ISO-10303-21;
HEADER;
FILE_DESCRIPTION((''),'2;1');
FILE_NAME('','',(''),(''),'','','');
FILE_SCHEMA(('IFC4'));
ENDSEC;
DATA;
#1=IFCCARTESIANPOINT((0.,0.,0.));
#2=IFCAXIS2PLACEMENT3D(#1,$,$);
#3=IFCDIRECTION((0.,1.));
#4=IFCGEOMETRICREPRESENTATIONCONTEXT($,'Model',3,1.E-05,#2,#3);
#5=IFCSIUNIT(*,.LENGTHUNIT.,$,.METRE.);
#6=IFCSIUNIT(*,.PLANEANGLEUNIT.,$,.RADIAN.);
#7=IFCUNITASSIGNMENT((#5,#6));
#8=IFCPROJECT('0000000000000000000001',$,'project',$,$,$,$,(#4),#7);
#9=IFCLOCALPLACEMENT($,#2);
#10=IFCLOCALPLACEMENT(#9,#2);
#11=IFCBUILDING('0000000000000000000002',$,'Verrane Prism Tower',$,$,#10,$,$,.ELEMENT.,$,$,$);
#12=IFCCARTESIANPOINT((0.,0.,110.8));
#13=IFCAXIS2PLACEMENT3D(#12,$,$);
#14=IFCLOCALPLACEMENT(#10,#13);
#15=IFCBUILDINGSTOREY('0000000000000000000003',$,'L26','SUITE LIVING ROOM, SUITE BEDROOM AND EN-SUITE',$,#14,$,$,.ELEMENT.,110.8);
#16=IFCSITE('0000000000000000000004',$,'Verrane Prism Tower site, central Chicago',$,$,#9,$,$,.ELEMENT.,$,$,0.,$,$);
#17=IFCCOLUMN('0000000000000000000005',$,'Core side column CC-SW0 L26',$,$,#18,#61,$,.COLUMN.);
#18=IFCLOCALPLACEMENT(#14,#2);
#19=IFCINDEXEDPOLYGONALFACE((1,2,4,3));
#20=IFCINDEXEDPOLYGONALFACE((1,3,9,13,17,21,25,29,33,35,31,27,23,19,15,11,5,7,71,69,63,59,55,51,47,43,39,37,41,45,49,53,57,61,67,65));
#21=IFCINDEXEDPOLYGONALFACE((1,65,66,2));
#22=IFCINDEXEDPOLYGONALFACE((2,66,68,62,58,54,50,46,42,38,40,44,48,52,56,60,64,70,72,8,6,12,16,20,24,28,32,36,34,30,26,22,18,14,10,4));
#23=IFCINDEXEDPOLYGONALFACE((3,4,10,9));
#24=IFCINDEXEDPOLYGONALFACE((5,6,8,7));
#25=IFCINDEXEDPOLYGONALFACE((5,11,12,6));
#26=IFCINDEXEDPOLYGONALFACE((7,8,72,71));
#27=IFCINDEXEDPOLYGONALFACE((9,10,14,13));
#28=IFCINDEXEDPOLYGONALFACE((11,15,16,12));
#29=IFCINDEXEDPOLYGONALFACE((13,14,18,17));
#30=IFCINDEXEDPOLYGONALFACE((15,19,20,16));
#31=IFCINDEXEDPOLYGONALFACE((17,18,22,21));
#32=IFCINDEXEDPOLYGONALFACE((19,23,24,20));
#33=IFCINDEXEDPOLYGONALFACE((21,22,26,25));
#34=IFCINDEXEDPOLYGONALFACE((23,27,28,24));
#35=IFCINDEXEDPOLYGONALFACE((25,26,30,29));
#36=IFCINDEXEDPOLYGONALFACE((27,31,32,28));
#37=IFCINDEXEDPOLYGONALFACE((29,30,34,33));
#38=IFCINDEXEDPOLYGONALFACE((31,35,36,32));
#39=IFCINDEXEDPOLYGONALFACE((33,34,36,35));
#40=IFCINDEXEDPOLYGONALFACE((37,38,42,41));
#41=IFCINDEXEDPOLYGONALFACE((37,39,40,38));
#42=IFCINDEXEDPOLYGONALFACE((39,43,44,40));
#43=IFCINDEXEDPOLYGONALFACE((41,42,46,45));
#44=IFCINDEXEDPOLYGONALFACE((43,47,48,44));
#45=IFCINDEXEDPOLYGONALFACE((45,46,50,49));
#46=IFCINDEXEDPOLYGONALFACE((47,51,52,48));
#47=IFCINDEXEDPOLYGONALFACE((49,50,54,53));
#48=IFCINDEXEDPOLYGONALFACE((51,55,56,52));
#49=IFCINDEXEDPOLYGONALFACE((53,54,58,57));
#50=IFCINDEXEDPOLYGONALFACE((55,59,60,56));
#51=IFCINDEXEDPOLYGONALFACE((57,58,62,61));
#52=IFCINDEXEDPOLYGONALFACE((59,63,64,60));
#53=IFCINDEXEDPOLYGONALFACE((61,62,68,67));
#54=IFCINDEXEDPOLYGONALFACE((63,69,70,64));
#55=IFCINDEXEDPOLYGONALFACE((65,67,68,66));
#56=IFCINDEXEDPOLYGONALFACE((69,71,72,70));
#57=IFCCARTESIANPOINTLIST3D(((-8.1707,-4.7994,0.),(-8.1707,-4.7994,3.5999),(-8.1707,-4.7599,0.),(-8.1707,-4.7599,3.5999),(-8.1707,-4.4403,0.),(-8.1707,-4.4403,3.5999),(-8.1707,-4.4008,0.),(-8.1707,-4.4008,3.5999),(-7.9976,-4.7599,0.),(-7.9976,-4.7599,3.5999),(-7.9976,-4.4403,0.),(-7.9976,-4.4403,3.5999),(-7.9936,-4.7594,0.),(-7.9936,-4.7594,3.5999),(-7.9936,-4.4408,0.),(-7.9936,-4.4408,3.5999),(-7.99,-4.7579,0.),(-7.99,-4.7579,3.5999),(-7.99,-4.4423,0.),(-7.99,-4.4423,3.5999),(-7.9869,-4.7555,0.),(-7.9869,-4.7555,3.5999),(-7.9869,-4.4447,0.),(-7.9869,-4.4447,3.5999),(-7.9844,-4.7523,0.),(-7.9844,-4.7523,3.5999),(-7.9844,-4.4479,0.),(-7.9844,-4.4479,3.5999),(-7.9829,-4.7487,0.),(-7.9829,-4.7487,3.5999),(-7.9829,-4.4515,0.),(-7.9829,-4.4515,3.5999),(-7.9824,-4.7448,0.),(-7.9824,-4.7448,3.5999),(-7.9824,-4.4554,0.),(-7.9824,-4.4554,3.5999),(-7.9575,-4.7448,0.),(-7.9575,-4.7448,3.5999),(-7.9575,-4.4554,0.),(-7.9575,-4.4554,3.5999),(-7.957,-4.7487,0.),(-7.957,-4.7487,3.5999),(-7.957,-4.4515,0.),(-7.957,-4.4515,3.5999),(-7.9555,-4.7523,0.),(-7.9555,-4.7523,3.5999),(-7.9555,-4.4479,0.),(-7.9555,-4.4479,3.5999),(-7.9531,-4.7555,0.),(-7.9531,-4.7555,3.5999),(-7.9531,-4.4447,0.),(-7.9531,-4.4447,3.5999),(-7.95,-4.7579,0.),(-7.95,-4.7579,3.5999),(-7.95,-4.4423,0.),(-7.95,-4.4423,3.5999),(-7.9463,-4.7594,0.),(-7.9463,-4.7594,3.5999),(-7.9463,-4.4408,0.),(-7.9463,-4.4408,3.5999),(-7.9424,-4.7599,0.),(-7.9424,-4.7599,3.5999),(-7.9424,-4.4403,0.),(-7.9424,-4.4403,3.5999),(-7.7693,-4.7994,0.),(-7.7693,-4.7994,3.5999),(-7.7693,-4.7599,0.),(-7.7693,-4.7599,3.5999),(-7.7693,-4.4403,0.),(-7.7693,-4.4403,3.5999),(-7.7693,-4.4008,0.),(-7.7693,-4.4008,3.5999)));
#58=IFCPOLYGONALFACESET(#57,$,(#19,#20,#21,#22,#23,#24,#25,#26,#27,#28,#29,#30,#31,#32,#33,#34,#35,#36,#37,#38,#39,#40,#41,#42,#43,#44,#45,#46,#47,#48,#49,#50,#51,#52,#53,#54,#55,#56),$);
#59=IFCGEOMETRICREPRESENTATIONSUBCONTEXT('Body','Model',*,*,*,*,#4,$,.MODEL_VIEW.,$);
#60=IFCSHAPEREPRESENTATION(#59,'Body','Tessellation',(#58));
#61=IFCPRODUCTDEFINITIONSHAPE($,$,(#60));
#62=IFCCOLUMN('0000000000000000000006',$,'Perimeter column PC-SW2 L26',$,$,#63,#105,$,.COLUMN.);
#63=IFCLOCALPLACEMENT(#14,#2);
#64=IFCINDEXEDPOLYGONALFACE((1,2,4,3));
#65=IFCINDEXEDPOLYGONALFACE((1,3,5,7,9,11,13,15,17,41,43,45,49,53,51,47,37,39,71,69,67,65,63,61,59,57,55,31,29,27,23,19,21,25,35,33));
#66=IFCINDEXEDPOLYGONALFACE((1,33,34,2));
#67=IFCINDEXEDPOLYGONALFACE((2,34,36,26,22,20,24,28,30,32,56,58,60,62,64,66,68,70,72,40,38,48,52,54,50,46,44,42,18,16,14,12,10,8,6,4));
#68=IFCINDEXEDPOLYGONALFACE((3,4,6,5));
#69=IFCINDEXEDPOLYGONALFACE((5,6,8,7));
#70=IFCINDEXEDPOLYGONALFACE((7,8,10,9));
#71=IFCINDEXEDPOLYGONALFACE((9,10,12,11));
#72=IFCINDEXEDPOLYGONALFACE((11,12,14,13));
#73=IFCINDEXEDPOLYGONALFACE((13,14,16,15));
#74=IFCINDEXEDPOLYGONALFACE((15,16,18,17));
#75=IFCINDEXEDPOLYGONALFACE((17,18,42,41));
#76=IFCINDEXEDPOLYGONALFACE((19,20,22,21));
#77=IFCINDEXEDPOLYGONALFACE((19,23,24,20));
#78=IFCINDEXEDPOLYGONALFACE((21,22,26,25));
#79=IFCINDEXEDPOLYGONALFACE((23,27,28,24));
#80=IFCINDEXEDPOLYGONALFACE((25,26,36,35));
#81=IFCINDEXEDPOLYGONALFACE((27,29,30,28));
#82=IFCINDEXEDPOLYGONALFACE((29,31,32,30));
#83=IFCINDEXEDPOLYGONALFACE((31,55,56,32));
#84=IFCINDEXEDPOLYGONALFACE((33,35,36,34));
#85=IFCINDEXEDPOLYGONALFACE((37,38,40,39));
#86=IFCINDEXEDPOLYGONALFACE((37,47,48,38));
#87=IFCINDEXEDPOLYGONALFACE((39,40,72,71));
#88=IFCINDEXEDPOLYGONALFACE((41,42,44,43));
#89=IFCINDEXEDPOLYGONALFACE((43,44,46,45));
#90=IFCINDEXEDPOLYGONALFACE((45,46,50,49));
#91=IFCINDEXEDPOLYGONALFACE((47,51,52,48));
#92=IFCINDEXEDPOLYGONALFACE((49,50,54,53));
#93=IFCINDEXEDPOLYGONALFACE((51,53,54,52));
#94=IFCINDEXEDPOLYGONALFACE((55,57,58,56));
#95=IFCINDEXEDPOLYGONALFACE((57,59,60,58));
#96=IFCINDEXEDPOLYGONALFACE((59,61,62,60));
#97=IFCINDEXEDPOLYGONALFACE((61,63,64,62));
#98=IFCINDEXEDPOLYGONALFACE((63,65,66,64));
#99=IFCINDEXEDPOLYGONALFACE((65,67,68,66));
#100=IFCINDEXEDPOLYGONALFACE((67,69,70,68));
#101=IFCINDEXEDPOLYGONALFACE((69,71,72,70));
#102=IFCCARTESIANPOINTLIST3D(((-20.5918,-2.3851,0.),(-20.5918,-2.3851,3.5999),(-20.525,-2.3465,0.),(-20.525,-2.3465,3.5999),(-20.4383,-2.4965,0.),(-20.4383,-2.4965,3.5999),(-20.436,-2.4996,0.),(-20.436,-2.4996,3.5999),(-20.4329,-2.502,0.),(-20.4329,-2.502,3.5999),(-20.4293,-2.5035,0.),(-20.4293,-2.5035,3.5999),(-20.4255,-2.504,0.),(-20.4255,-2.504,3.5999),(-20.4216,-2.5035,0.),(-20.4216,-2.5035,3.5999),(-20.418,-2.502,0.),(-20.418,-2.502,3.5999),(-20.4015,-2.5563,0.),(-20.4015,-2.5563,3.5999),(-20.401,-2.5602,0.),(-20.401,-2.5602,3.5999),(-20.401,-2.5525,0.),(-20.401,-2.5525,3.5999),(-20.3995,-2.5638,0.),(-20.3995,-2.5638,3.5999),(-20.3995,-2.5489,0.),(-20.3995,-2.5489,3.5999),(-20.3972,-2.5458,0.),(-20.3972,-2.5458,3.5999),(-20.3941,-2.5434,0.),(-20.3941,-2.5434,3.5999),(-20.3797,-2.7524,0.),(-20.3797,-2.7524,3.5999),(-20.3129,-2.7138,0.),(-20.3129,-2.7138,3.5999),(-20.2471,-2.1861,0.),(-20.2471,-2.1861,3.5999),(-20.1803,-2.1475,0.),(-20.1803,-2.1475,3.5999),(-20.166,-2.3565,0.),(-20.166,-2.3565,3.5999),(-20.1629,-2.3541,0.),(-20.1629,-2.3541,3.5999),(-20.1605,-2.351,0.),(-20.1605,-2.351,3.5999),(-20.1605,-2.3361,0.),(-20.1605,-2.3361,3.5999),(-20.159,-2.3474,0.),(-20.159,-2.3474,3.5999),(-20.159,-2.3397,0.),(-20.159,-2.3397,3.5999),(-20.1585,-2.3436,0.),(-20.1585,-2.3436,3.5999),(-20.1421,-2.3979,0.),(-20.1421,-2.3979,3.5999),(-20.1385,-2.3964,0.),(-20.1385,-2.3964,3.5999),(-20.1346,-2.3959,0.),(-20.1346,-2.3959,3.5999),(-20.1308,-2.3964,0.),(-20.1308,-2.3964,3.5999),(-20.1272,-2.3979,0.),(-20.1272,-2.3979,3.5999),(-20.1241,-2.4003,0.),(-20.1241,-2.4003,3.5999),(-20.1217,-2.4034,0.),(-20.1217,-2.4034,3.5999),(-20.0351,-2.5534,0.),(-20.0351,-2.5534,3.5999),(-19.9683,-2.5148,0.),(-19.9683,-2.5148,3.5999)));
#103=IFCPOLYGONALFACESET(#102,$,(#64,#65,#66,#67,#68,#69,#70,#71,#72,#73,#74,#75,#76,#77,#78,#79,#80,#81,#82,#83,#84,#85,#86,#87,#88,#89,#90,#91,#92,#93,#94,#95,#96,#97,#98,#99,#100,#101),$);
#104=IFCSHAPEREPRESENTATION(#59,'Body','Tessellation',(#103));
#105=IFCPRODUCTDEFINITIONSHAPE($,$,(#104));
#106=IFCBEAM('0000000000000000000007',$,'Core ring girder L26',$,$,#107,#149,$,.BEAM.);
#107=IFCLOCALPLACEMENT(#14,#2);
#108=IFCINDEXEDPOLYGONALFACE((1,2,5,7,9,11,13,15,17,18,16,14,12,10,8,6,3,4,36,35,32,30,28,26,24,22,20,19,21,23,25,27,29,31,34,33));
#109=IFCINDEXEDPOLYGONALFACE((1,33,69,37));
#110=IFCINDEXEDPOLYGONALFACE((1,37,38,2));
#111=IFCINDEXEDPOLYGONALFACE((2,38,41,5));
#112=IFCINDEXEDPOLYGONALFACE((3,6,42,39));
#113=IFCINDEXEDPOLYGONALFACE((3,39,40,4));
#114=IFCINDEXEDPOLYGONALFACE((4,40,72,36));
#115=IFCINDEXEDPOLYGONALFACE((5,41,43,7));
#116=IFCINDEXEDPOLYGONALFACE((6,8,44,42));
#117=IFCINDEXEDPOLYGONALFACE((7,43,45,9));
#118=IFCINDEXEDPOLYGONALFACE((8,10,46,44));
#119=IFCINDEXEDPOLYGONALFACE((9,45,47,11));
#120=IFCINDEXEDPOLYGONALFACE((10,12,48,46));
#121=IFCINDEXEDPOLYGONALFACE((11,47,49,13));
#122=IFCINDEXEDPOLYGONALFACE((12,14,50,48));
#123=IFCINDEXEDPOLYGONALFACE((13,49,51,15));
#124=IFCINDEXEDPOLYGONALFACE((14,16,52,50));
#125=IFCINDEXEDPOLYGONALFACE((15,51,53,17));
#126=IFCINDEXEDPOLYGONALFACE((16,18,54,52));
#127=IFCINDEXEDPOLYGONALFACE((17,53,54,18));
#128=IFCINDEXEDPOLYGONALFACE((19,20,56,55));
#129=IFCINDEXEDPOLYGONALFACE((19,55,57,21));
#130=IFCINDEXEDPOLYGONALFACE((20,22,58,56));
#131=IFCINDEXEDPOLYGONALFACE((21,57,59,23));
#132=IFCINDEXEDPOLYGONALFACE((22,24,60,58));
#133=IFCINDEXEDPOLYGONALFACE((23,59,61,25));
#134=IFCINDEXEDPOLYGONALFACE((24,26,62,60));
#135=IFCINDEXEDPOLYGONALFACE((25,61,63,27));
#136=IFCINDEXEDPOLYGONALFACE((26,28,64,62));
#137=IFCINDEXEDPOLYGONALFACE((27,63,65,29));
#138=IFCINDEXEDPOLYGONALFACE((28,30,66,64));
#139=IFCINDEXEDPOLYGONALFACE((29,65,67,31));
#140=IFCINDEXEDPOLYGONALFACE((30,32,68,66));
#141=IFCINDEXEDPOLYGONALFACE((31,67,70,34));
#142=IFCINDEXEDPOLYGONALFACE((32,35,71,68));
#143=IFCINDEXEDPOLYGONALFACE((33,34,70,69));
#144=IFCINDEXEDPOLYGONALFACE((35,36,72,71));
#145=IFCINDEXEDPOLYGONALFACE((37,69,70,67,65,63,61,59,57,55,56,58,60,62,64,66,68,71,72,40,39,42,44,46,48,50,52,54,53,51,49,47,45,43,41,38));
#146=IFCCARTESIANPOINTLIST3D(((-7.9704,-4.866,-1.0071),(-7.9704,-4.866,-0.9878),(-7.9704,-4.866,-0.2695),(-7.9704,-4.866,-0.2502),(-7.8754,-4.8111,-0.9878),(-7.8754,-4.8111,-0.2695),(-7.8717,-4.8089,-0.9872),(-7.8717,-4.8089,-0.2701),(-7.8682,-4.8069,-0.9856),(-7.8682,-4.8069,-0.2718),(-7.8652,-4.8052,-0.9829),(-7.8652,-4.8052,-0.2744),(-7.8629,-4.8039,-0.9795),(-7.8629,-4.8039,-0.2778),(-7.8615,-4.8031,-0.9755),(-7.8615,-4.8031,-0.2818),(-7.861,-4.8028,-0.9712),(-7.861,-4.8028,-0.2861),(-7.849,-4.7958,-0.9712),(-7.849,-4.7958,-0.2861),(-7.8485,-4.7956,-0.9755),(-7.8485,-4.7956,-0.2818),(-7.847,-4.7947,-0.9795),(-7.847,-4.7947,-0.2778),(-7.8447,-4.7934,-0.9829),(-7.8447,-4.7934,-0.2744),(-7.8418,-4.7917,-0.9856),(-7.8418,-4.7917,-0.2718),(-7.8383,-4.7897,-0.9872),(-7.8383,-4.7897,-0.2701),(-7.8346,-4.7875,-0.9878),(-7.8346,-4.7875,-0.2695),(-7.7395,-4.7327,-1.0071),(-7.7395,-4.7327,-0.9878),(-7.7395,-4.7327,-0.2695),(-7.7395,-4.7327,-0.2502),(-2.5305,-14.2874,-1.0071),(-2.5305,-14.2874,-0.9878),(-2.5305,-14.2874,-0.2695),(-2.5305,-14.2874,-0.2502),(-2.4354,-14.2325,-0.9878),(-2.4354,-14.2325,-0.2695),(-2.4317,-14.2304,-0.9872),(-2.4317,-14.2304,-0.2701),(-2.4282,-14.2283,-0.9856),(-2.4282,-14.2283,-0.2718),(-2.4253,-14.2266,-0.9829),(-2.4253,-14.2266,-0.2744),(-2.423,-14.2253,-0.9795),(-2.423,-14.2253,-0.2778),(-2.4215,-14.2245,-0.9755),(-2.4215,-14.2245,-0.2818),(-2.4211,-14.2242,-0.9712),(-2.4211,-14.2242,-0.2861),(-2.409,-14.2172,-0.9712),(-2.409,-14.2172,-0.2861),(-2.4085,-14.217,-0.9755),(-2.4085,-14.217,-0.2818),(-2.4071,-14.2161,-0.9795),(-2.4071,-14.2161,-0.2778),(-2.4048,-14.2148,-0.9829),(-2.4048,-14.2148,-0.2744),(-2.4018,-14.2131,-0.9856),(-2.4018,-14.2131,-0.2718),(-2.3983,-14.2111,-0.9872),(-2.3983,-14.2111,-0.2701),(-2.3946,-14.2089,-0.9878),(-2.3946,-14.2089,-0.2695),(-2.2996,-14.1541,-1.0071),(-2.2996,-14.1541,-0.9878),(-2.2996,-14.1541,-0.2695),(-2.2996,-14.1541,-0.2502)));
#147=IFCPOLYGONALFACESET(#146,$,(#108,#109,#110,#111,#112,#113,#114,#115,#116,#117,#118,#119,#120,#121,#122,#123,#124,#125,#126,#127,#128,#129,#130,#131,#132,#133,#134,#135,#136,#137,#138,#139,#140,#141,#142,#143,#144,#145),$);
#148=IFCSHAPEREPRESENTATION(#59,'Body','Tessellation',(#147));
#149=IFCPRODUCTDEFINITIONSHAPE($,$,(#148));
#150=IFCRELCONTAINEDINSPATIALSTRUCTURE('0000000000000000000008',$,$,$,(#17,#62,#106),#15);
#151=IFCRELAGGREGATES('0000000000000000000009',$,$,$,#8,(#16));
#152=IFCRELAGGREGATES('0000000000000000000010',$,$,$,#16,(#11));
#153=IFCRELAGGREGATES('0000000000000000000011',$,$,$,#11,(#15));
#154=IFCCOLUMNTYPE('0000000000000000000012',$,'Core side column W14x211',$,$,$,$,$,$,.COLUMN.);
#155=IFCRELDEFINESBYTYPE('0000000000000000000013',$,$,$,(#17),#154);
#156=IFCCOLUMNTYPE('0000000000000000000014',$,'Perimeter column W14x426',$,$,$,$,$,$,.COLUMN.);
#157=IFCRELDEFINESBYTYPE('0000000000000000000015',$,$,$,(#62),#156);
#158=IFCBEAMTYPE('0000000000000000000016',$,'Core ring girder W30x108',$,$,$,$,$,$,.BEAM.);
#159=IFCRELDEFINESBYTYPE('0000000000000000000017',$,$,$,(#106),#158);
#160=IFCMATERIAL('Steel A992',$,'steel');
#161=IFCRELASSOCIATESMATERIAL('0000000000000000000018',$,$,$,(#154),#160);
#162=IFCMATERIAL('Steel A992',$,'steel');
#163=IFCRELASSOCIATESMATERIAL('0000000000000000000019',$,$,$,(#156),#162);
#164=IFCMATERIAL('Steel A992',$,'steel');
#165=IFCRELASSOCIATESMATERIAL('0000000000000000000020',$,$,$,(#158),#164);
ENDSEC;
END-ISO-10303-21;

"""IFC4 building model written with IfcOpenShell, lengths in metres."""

from ifc_helpers import new_model, si_unit, direction, frame, origin, origin_2d, place, context, subcontext, project, spatial, i_section, extrude, material, material_profile, profile_set, type_object, element, save


model = new_model("IFC4")

# Units and contexts
model_context = context("Model", 3, precision=1e-05, world=origin(), true_north=direction((0.0, 1.0)))
body_context = subcontext(model_context, "Body", "Model", "MODEL_VIEW")
ifc_project = project(units=[si_unit("LENGTHUNIT", "METRE"), si_unit("PLANEANGLEUNIT", "RADIAN")], contexts=[model_context])

# Site, building, storey
site_placement = place(None, origin())
site = spatial("IfcSite", under=ifc_project, at=site_placement, Name="Verrane Prism Tower site, central Chicago", CompositionType="ELEMENT", RefElevation=0.0)
building_placement = place(site_placement, origin())
building = spatial("IfcBuilding", under=site, at=building_placement, Name="Verrane Prism Tower", CompositionType="ELEMENT")
storey_placement = place(building_placement, frame((0.0, 0.0, 110.8)))
storey = spatial("IfcBuildingStorey", under=building, at=storey_placement, Name="L26", Description="SUITE LIVING ROOM, SUITE BEDROOM AND EN-SUITE", CompositionType="ELEMENT", Elevation=110.8)

# Columns
ifc_material_1 = material(Name="Steel A992", Category="steel")
ifc_material_profile_1 = material_profile(ifc_material_1, i_section(OverallWidth=0.4014, OverallDepth=0.3987, WebThickness=0.0249, FlangeThickness=0.0396, FilletRadius=0.0151, at=origin_2d()), Name="W14x211")
ifc_profile_set_1 = profile_set([ifc_material_profile_1], Name="Steel A992")
column_type_1 = type_object("IfcColumnType", Name="Core side column W14x211", PredefinedType="COLUMN", material=ifc_profile_set_1)
column_1_placement = place(storey_placement, frame((-7.97, -4.6001, 0.0), z_axis=(0.0, 0.0, 1.0), x_axis=(1.0, 0.0, 0.0)))
element("IfcColumn", 1, at=column_1_placement, inside=storey, type_object=column_type_1, Name="Core side column CC-SW0 L26", PredefinedType="COLUMN", context=body_context, shape_type="SweptSolid", body=[
    extrude(i_section(OverallWidth=0.4014, OverallDepth=0.3987, WebThickness=0.0249, FlangeThickness=0.0396, FilletRadius=0.0151, at=origin_2d()), origin(), (0.0, 0.0, 1.0), 3.5999),
])
ifc_material_2 = material(Name="Steel A992", Category="steel")
ifc_material_profile_2 = material_profile(ifc_material_2, i_section(OverallWidth=0.4241, OverallDepth=0.4751, WebThickness=0.0479, FlangeThickness=0.0771, FilletRadius=0.0149, at=origin_2d()), Name="W14x426")
ifc_profile_set_2 = profile_set([ifc_material_profile_2], Name="Steel A992")
column_type_2 = type_object("IfcColumnType", Name="Perimeter column W14x426", PredefinedType="COLUMN", material=ifc_profile_set_2)
column_2_placement = place(storey_placement, frame((-20.28, -2.45, 0.0), z_axis=(0.0, 0.0, 1.0), x_axis=(-0.5, 0.866025, 0.0)))
element("IfcColumn", 2, at=column_2_placement, inside=storey, type_object=column_type_2, Name="Perimeter column PC-SW2 L26", PredefinedType="COLUMN", context=body_context, shape_type="SweptSolid", body=[
    extrude(i_section(OverallWidth=0.4241, OverallDepth=0.4751, WebThickness=0.0479, FlangeThickness=0.0771, FilletRadius=0.0149, at=origin_2d()), origin(), (0.0, 0.0, 1.0), 3.5999),
])

# Beam
ifc_material_3 = material(Name="Steel A992", Category="steel")
ifc_material_profile_3 = material_profile(ifc_material_3, i_section(OverallWidth=0.2666, OverallDepth=0.7568, WebThickness=0.0139, FlangeThickness=0.0193, FilletRadius=0.0166, at=origin_2d()), Name="W30x108")
ifc_profile_set_3 = profile_set([ifc_material_profile_3], Name="Steel A992")
beam_type_1 = type_object("IfcBeamType", Name="Core ring girder W30x108", PredefinedType="BEAM", material=ifc_profile_set_3)
beam_1_placement = place(storey_placement, frame((-7.855, -4.7993, -0.6287), z_axis=(0.500035, -0.866005, 0.0), x_axis=(0.866005, 0.500035, 0.0)))
element("IfcBeam", 3, at=beam_1_placement, inside=storey, type_object=beam_type_1, Name="Core ring girder L26", PredefinedType="BEAM", context=body_context, shape_type="SweptSolid", body=[
    extrude(i_section(OverallWidth=0.2666, OverallDepth=0.7568, WebThickness=0.0139, FlangeThickness=0.0193, FilletRadius=0.0166, at=origin_2d()), origin(), (0.0, 0.0, 1.0), 10.8792),
])

save(model, "model.ifc")
